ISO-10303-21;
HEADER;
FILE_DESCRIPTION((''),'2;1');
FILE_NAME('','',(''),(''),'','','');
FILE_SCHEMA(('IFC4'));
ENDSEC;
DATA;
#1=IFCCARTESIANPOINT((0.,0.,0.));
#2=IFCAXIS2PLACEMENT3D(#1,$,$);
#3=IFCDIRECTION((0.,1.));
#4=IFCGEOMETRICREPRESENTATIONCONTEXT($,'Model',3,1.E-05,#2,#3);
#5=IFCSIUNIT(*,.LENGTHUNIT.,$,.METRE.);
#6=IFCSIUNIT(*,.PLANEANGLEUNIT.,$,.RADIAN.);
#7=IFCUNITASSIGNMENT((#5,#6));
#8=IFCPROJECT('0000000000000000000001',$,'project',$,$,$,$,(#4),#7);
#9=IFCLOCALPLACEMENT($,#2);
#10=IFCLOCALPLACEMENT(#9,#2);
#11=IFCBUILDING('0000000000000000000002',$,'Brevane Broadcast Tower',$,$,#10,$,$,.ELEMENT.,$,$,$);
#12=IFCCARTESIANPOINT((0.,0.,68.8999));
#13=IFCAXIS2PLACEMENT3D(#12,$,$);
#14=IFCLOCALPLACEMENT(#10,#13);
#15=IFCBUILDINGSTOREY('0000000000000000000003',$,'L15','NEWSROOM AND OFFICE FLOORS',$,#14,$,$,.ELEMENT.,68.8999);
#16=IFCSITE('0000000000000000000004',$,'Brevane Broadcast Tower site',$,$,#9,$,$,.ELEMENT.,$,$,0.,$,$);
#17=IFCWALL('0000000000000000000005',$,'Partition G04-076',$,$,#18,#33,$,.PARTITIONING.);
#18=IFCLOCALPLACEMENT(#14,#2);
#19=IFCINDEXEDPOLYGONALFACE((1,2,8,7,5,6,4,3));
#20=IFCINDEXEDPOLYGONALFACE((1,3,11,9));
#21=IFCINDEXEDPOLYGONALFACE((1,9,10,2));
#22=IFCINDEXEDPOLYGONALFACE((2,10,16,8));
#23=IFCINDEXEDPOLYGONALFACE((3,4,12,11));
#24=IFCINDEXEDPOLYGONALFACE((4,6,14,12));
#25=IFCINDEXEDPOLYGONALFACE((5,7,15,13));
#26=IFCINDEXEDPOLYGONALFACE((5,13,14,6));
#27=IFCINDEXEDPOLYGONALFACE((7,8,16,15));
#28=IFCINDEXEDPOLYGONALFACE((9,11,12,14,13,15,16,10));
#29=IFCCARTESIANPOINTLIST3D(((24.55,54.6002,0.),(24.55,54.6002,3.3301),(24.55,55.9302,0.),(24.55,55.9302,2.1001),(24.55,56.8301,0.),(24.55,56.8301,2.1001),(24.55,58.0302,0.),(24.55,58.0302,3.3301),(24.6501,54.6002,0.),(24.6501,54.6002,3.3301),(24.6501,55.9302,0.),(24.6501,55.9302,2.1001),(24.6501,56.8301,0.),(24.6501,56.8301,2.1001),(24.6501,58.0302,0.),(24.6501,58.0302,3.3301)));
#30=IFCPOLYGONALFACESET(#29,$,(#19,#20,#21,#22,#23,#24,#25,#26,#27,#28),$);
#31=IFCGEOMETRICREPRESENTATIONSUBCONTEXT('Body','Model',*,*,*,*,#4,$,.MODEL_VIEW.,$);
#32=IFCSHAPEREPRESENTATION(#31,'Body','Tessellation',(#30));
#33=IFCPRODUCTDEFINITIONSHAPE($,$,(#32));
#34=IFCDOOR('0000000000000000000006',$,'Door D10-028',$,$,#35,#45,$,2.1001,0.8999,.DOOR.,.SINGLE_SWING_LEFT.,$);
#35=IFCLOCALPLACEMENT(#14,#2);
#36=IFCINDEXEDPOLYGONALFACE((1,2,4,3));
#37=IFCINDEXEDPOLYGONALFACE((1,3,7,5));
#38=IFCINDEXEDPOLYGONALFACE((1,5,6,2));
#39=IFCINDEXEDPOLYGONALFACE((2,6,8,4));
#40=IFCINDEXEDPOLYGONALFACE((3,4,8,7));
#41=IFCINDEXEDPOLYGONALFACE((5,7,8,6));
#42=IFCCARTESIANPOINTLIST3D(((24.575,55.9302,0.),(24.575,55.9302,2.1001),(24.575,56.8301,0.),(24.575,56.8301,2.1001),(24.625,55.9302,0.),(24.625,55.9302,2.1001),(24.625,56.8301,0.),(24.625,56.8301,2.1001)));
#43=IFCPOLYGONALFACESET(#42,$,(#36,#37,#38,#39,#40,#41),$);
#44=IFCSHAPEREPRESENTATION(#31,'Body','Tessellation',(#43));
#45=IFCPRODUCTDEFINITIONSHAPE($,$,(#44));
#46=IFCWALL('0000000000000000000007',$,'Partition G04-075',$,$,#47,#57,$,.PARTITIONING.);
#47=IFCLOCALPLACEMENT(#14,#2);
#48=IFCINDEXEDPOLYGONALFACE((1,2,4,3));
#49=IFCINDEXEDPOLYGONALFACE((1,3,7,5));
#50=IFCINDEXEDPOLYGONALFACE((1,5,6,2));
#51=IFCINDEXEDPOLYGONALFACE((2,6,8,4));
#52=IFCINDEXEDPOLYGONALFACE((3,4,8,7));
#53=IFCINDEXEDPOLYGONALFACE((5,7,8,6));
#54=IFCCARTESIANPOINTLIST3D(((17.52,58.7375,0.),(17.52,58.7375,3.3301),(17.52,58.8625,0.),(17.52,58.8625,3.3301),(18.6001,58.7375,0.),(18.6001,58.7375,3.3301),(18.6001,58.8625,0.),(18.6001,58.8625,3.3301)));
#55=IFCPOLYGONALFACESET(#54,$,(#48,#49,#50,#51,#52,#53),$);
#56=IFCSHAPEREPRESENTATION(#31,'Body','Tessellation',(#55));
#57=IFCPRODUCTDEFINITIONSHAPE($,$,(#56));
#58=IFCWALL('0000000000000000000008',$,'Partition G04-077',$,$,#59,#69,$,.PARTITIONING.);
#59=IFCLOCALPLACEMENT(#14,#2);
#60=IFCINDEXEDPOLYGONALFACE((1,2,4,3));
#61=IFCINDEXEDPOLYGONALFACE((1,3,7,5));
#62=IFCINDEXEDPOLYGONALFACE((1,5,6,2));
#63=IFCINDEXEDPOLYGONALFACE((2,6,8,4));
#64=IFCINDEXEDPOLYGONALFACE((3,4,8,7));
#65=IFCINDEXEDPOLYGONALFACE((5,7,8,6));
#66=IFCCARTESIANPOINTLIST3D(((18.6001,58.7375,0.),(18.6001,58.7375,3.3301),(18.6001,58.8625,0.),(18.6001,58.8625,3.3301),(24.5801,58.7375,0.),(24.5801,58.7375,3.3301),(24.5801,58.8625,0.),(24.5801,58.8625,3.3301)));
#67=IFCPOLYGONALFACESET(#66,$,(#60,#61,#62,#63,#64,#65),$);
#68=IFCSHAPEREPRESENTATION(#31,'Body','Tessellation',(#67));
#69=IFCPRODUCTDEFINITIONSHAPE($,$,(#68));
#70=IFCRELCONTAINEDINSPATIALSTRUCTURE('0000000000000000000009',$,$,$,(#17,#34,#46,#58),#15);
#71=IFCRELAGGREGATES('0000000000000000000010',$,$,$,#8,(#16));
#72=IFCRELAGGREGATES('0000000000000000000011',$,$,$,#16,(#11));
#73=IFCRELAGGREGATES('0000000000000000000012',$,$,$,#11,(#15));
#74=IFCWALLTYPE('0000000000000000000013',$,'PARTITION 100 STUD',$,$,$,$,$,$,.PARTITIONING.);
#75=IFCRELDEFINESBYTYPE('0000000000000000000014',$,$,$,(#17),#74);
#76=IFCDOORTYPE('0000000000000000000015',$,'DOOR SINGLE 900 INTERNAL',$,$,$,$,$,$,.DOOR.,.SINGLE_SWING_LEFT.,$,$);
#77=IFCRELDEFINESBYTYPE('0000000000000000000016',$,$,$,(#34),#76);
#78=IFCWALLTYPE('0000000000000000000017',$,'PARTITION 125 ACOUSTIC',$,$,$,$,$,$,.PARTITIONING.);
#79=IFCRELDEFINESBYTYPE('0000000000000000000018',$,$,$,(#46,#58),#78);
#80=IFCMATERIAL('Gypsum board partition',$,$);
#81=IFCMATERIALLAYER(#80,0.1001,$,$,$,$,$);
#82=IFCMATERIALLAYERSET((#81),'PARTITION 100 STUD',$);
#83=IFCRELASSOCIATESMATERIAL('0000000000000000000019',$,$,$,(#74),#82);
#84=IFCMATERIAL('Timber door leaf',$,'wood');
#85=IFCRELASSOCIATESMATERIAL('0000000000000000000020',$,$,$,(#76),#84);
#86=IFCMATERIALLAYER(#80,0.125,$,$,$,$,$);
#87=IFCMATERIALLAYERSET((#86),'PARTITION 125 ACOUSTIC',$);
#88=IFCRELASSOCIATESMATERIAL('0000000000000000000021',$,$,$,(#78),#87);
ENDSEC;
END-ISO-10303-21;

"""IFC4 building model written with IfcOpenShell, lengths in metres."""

from ifc_helpers import new_model, si_unit, direction, frame, frame_2d, origin, place, context, subcontext, project, spatial, rectangle, extrude, material, layer, layer_set, type_object, element, fill, save


model = new_model("IFC4")

# Units and contexts
model_context = context("Model", 3, precision=1e-05, world=origin(), true_north=direction((0.0, 1.0)))
body_context = subcontext(model_context, "Body", "Model", "MODEL_VIEW")
ifc_project = project(units=[si_unit("LENGTHUNIT", "METRE"), si_unit("PLANEANGLEUNIT", "RADIAN")], contexts=[model_context])

# Site, building, storey
site_placement = place(None, origin())
site = spatial("IfcSite", under=ifc_project, at=site_placement, Name="Brevane Broadcast Tower site", CompositionType="ELEMENT", RefElevation=0.0)
building_placement = place(site_placement, origin())
building = spatial("IfcBuilding", under=site, at=building_placement, Name="Brevane Broadcast Tower", CompositionType="ELEMENT")
storey_placement = place(building_placement, frame((0.0, 0.0, 68.8999)))
storey = spatial("IfcBuildingStorey", under=building, at=storey_placement, Name="L15", Description="NEWSROOM AND OFFICE FLOORS", CompositionType="ELEMENT", Elevation=68.8999)

# Shared definitions
ifc_material_1 = material(Name="Gypsum board partition")
ifc_layer_1 = layer(ifc_material_1, 0.1001)
ifc_layer_set_1 = layer_set([ifc_layer_1], Name="PARTITION 100 STUD")
wall_type_1 = type_object("IfcWallType", Name="PARTITION 100 STUD", PredefinedType="PARTITIONING", material=ifc_layer_set_1)

# Shared definitions
ifc_material_2 = material(Name="Timber door leaf", Category="wood")

# Wall, opening, door
wall_1_placement = place(storey_placement, frame((24.6001, 58.03, 0.0), z_axis=(0.0, 0.0, 1.0), x_axis=(0.0, -1.0, 0.0)))
wall_1 = element("IfcWall", 1, at=wall_1_placement, inside=storey, type_object=wall_type_1, Name="Partition G04-076", PredefinedType="PARTITIONING", context=body_context, shape_type="SweptSolid", body=[
    extrude(rectangle(XDim=3.4299, YDim=0.1001, at=frame_2d((1.7148, 0.0))), origin(), (0.0, 0.0, 1.0), 3.3301),
])
opening_1_placement = place(wall_1_placement, frame((1.2, 0.0, 0.0)))
opening_1 = element("IfcOpeningElement", 2, at=opening_1_placement, cuts=wall_1, PredefinedType="OPENING", context=body_context, shape_type="SweptSolid", body=[
    extrude(rectangle(XDim=0.8999, YDim=2.1001, at=frame_2d((0.45, 1.05))), frame((0.0, 0.0601, 0.0), z_axis=(0.0, -1.0, 0.0), x_axis=(1.0, 0.0, 0.0)), (0.0, 0.0, 1.0), 0.1201),
])
door_type_1 = type_object("IfcDoorType", Name="DOOR SINGLE 900 INTERNAL", OperationType="SINGLE_SWING_LEFT", PredefinedType="DOOR", material=ifc_material_2)
door_1_placement = place(opening_1_placement, origin())
door_1 = element("IfcDoor", 3, at=door_1_placement, inside=storey, type_object=door_type_1, Name="Door D10-028", OperationType="SINGLE_SWING_LEFT", OverallHeight=2.1001, OverallWidth=0.8999, PredefinedType="DOOR", context=body_context, shape_type="SweptSolid", body=[
    extrude(rectangle(XDim=0.8999, YDim=2.1001, at=frame_2d((0.45, 1.05))), frame((0.0, 0.0249, 0.0), z_axis=(0.0, -1.0, 0.0), x_axis=(1.0, 0.0, 0.0)), (0.0, 0.0, 1.0), 0.05),
])
fill(opening_1, door_1)

# Walls
ifc_layer_2 = layer(ifc_material_1, 0.125)
ifc_layer_set_2 = layer_set([ifc_layer_2], Name="PARTITION 125 ACOUSTIC")
wall_type_2 = type_object("IfcWallType", Name="PARTITION 125 ACOUSTIC", PredefinedType="PARTITIONING", material=ifc_layer_set_2)
wall_2_placement = place(storey_placement, frame((17.52, 58.8, 0.0), z_axis=(0.0, 0.0, 1.0), x_axis=(1.0, 0.0, 0.0)))
element("IfcWall", 4, at=wall_2_placement, inside=storey, type_object=wall_type_2, Name="Partition G04-075", PredefinedType="PARTITIONING", context=body_context, shape_type="SweptSolid", body=[
    extrude(rectangle(XDim=1.0801, YDim=0.125, at=frame_2d((0.54, 0.0))), origin(), (0.0, 0.0, 1.0), 3.3301),
])
wall_3_placement = place(storey_placement, frame((18.6001, 58.8, 0.0), z_axis=(0.0, 0.0, 1.0), x_axis=(1.0, 0.0, 0.0)))
element("IfcWall", 5, at=wall_3_placement, inside=storey, type_object=wall_type_2, Name="Partition G04-077", PredefinedType="PARTITIONING", context=body_context, shape_type="SweptSolid", body=[
    extrude(rectangle(XDim=5.98, YDim=0.125, at=frame_2d((2.99, 0.0))), origin(), (0.0, 0.0, 1.0), 3.3301),
])

save(model, "model.ifc")
